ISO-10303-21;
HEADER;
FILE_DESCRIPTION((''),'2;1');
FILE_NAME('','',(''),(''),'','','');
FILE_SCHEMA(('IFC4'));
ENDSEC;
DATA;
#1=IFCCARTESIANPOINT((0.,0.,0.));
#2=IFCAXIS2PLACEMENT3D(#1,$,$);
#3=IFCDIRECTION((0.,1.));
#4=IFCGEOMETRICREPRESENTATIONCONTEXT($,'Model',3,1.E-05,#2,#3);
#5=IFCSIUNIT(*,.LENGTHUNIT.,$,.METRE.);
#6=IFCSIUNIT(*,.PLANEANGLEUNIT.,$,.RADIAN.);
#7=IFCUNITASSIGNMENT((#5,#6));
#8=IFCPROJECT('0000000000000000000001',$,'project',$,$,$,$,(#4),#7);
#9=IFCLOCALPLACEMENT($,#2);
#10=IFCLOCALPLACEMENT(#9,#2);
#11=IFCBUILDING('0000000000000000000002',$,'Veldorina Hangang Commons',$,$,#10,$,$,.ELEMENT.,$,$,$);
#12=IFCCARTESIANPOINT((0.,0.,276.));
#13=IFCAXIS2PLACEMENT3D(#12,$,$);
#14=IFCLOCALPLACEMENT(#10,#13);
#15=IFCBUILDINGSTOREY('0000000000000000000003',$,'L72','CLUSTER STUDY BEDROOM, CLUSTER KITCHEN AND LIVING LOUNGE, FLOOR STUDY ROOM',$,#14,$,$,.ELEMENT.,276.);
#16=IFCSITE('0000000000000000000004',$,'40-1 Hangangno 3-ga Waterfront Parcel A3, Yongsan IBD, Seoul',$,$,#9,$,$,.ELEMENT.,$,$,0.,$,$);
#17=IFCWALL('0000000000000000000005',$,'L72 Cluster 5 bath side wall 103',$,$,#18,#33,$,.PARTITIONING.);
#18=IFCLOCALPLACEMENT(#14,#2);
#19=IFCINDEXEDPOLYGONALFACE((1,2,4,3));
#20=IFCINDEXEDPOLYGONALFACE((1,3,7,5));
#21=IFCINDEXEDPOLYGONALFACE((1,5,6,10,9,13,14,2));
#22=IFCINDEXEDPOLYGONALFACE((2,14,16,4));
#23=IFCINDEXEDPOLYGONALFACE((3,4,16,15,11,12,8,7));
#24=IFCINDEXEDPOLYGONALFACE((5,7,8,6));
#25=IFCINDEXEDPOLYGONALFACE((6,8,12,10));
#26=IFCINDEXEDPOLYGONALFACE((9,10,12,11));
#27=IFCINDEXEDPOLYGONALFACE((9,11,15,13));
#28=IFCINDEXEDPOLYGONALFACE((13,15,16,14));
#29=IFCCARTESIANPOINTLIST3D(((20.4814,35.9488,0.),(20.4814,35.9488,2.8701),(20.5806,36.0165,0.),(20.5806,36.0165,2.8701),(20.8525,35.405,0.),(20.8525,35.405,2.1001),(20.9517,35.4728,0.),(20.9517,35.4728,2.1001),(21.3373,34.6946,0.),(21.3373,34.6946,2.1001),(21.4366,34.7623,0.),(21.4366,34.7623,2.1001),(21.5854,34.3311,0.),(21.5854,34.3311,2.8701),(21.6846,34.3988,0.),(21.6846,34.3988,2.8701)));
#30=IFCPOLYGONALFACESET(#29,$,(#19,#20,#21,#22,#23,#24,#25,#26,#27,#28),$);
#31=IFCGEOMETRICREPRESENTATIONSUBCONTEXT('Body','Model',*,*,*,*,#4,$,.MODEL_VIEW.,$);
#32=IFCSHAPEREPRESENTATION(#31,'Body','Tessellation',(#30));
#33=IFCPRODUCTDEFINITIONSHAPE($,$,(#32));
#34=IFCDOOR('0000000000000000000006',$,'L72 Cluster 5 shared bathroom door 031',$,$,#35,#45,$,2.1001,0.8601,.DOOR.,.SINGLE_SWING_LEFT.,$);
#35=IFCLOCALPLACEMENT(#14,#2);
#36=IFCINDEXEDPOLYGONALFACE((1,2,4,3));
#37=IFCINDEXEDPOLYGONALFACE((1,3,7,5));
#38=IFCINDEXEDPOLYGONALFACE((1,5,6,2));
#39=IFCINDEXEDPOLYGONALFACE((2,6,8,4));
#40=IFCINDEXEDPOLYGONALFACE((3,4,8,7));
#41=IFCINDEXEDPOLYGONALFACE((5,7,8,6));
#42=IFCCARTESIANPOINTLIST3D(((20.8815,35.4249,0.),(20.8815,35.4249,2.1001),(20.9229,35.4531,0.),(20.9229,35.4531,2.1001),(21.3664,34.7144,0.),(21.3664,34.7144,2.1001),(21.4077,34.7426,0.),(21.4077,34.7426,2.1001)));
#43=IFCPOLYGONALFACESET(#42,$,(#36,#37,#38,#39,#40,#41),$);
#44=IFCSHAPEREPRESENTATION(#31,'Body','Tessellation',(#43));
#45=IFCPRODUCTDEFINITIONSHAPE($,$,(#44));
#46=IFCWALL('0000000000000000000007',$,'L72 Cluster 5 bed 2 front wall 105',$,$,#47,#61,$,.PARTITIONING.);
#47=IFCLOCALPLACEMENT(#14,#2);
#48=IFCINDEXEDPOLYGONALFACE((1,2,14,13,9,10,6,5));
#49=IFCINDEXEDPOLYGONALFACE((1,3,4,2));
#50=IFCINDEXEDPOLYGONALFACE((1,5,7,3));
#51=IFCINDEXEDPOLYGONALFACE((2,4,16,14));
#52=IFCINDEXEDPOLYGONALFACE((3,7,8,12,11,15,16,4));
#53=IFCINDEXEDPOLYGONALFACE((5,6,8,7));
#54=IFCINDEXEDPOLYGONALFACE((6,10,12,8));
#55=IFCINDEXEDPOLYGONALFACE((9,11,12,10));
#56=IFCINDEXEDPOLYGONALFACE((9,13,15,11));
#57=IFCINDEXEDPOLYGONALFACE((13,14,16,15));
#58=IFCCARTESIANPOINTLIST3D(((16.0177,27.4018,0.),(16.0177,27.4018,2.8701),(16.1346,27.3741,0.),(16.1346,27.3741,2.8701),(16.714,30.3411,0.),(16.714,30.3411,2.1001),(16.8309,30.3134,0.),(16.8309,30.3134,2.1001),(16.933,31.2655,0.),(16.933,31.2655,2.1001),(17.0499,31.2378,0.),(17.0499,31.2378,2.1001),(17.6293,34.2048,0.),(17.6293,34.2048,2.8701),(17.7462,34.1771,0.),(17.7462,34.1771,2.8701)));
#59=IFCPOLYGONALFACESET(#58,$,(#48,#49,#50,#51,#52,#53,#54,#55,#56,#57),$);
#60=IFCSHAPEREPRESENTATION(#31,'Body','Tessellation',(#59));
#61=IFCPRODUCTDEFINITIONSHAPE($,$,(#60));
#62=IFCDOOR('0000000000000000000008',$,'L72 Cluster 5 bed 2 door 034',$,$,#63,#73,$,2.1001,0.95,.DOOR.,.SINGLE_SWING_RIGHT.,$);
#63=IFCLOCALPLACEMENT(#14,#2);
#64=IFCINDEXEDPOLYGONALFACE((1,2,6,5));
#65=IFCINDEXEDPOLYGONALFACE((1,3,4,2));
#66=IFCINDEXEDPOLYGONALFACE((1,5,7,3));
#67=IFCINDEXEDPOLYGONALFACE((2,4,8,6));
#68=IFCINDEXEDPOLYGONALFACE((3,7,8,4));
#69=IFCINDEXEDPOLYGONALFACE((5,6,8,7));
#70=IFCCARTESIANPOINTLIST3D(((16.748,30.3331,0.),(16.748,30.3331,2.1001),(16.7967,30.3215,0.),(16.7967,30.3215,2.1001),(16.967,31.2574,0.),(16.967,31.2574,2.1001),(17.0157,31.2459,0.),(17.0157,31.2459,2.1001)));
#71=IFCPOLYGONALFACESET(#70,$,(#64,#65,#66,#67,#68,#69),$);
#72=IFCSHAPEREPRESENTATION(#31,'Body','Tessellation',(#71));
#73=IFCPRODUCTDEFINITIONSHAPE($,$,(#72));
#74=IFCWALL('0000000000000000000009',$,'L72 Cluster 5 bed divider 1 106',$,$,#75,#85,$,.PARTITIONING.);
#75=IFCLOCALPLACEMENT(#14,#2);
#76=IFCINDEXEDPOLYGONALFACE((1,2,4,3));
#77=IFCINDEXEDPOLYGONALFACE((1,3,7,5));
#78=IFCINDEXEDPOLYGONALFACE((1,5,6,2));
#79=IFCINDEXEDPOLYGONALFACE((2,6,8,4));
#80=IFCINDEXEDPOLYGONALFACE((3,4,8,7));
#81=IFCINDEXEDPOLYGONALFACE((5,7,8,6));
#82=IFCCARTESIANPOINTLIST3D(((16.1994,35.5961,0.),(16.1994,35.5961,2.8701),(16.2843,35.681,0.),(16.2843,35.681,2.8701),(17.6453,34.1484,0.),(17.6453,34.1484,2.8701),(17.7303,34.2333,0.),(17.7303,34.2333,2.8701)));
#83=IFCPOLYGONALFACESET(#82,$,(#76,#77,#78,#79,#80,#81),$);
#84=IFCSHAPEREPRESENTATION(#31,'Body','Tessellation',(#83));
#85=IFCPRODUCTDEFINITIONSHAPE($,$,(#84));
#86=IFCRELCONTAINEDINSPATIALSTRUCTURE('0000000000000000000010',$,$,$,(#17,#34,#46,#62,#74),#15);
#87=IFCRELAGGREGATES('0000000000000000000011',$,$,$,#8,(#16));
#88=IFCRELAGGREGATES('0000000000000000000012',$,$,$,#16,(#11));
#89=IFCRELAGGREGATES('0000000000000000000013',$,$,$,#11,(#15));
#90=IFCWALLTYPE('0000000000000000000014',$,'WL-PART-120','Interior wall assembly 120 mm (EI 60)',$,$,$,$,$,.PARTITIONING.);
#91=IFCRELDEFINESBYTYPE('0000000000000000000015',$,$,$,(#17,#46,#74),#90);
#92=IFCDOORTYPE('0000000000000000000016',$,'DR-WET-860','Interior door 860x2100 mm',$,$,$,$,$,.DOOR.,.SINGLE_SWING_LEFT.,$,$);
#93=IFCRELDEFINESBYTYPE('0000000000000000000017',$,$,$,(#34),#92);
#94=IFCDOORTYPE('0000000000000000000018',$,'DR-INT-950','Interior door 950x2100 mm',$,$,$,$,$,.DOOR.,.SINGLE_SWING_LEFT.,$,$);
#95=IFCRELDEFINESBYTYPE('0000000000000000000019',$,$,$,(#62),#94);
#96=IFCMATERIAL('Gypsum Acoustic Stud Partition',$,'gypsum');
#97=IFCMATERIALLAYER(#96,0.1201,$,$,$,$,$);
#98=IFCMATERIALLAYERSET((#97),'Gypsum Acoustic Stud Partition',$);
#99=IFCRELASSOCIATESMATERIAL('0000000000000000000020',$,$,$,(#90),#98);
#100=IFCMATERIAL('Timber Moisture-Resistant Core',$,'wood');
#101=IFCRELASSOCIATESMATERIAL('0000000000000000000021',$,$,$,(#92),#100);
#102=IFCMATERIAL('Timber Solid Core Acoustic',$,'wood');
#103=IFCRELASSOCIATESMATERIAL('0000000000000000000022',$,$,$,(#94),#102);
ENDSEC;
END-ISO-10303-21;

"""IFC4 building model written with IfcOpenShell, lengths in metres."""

from ifc_helpers import new_model, si_unit, direction, frame, frame_2d, origin, place, context, subcontext, project, spatial, rectangle, extrude, material, layer, layer_set, type_object, element, fill, save


model = new_model("IFC4")

# Units and contexts
model_context = context("Model", 3, precision=1e-05, world=origin(), true_north=direction((0.0, 1.0)))
body_context = subcontext(model_context, "Body", "Model", "MODEL_VIEW")
ifc_project = project(units=[si_unit("LENGTHUNIT", "METRE"), si_unit("PLANEANGLEUNIT", "RADIAN")], contexts=[model_context])

# Site, building, storey
site_placement = place(None, origin())
site = spatial("IfcSite", under=ifc_project, at=site_placement, Name="40-1 Hangangno 3-ga Waterfront Parcel A3, Yongsan IBD, Seoul", CompositionType="ELEMENT", RefElevation=0.0)
building_placement = place(site_placement, origin())
building = spatial("IfcBuilding", under=site, at=building_placement, Name="Veldorina Hangang Commons", CompositionType="ELEMENT")
storey_placement = place(building_placement, frame((0.0, 0.0, 276.0)))
storey = spatial("IfcBuildingStorey", under=building, at=storey_placement, Name="L72", Description="CLUSTER STUDY BEDROOM, CLUSTER KITCHEN AND LIVING LOUNGE, FLOOR STUDY ROOM", CompositionType="ELEMENT", Elevation=276.0)

# Walls, openings, doors
ifc_material_1 = material(Name="Gypsum Acoustic Stud Partition", Category="gypsum")
ifc_layer_1 = layer(ifc_material_1, 0.1201)
ifc_layer_set_1 = layer_set([ifc_layer_1], Name="Gypsum Acoustic Stud Partition")
wall_type_1 = type_object("IfcWallType", Name="WL-PART-120", Description="Interior wall assembly 120 mm (EI 60)", PredefinedType="PARTITIONING", material=ifc_layer_set_1)
wall_1_placement = place(storey_placement, frame((21.635, 34.365, 0.0), z_axis=(0.0, 0.0, 1.0), x_axis=(-0.5637, 0.825979, 0.0)))
wall_1 = element("IfcWall", 1, at=wall_1_placement, inside=storey, type_object=wall_type_1, Name="L72 Cluster 5 bath side wall 103", PredefinedType="PARTITIONING", context=body_context, shape_type="SweptSolid", body=[
    extrude(rectangle(XDim=1.9585, YDim=0.1201, at=frame_2d((0.9792, 0.0))), origin(), (0.0, 0.0, 1.0), 2.8701),
])
opening_1_placement = place(wall_1_placement, frame((0.4399, 0.0, 0.0)))
opening_1 = element("IfcOpeningElement", 2, at=opening_1_placement, cuts=wall_1, PredefinedType="OPENING", context=body_context, shape_type="SweptSolid", body=[
    extrude(rectangle(XDim=0.8601, YDim=2.1001, at=frame_2d((0.4302, 1.05))), frame((0.0, 0.0701, 0.0), z_axis=(0.0, -1.0, 0.0), x_axis=(1.0, 0.0, 0.0)), (0.0, 0.0, 1.0), 0.1401),
])
ifc_material_2 = material(Name="Timber Moisture-Resistant Core", Category="wood")
door_type_1 = type_object("IfcDoorType", Name="DR-WET-860", Description="Interior door 860x2100 mm", OperationType="SINGLE_SWING_LEFT", PredefinedType="DOOR", material=ifc_material_2)
door_1_placement = place(opening_1_placement, origin())
door_1 = element("IfcDoor", 3, at=door_1_placement, inside=storey, type_object=door_type_1, Name="L72 Cluster 5 shared bathroom door 031", OperationType="SINGLE_SWING_LEFT", OverallHeight=2.1001, OverallWidth=0.8601, PredefinedType="DOOR", context=body_context, shape_type="SweptSolid", body=[
    extrude(rectangle(XDim=0.8601, YDim=2.1001, at=frame_2d((0.4302, 1.05))), frame((0.0, 0.0249, 0.0), z_axis=(0.0, -1.0, 0.0), x_axis=(1.0, 0.0, 0.0)), (0.0, 0.0, 1.0), 0.05),
])
fill(opening_1, door_1)
wall_2_placement = place(storey_placement, frame((17.6877, 34.1909, 0.0), z_axis=(0.0, 0.0, 1.0), x_axis=(-0.230513, -0.973069, 0.0)))
wall_2 = element("IfcWall", 4, at=wall_2_placement, inside=storey, type_object=wall_type_1, Name="L72 Cluster 5 bed 2 front wall 105", PredefinedType="PARTITIONING", context=body_context, shape_type="SweptSolid", body=[
    extrude(rectangle(XDim=6.9912, YDim=0.1201, at=frame_2d((3.4956, 0.0))), origin(), (0.0, 0.0, 1.0), 2.8701),
])
opening_2_placement = place(wall_2_placement, frame((3.0205, 0.0, 0.0)))
opening_2 = element("IfcOpeningElement", 5, at=opening_2_placement, cuts=wall_2, PredefinedType="OPENING", context=body_context, shape_type="SweptSolid", body=[
    extrude(rectangle(XDim=0.95, YDim=2.1001, at=frame_2d((0.4751, 1.05))), frame((0.0, 0.0701, 0.0), z_axis=(0.0, -1.0, 0.0), x_axis=(1.0, 0.0, 0.0)), (0.0, 0.0, 1.0), 0.1401),
])
ifc_material_3 = material(Name="Timber Solid Core Acoustic", Category="wood")
door_type_2 = type_object("IfcDoorType", Name="DR-INT-950", Description="Interior door 950x2100 mm", OperationType="SINGLE_SWING_LEFT", PredefinedType="DOOR", material=ifc_material_3)
door_2_placement = place(opening_2_placement, origin())
door_2 = element("IfcDoor", 6, at=door_2_placement, inside=storey, type_object=door_type_2, Name="L72 Cluster 5 bed 2 door 034", OperationType="SINGLE_SWING_RIGHT", OverallHeight=2.1001, OverallWidth=0.95, PredefinedType="DOOR", context=body_context, shape_type="SweptSolid", body=[
    extrude(rectangle(XDim=0.95, YDim=2.1001, at=frame_2d((0.4751, 1.05))), frame((0.0, 0.0249, 0.0), z_axis=(0.0, -1.0, 0.0), x_axis=(1.0, 0.0, 0.0)), (0.0, 0.0, 1.0), 0.05),
])
fill(opening_2, door_2)

# Wall
wall_3_placement = place(storey_placement, frame((17.6877, 34.1909, 0.0), z_axis=(0.0, 0.0, 1.0), x_axis=(-0.706689, 0.707524, 0.0)))
element("IfcWall", 7, at=wall_3_placement, inside=storey, type_object=wall_type_1, Name="L72 Cluster 5 bed divider 1 106", PredefinedType="PARTITIONING", context=body_context, shape_type="SweptSolid", body=[
    extrude(rectangle(XDim=2.0461, YDim=0.1201, at=frame_2d((1.0229, 0.0))), origin(), (0.0, 0.0, 1.0), 2.8701),
])

save(model, "model.ifc")
